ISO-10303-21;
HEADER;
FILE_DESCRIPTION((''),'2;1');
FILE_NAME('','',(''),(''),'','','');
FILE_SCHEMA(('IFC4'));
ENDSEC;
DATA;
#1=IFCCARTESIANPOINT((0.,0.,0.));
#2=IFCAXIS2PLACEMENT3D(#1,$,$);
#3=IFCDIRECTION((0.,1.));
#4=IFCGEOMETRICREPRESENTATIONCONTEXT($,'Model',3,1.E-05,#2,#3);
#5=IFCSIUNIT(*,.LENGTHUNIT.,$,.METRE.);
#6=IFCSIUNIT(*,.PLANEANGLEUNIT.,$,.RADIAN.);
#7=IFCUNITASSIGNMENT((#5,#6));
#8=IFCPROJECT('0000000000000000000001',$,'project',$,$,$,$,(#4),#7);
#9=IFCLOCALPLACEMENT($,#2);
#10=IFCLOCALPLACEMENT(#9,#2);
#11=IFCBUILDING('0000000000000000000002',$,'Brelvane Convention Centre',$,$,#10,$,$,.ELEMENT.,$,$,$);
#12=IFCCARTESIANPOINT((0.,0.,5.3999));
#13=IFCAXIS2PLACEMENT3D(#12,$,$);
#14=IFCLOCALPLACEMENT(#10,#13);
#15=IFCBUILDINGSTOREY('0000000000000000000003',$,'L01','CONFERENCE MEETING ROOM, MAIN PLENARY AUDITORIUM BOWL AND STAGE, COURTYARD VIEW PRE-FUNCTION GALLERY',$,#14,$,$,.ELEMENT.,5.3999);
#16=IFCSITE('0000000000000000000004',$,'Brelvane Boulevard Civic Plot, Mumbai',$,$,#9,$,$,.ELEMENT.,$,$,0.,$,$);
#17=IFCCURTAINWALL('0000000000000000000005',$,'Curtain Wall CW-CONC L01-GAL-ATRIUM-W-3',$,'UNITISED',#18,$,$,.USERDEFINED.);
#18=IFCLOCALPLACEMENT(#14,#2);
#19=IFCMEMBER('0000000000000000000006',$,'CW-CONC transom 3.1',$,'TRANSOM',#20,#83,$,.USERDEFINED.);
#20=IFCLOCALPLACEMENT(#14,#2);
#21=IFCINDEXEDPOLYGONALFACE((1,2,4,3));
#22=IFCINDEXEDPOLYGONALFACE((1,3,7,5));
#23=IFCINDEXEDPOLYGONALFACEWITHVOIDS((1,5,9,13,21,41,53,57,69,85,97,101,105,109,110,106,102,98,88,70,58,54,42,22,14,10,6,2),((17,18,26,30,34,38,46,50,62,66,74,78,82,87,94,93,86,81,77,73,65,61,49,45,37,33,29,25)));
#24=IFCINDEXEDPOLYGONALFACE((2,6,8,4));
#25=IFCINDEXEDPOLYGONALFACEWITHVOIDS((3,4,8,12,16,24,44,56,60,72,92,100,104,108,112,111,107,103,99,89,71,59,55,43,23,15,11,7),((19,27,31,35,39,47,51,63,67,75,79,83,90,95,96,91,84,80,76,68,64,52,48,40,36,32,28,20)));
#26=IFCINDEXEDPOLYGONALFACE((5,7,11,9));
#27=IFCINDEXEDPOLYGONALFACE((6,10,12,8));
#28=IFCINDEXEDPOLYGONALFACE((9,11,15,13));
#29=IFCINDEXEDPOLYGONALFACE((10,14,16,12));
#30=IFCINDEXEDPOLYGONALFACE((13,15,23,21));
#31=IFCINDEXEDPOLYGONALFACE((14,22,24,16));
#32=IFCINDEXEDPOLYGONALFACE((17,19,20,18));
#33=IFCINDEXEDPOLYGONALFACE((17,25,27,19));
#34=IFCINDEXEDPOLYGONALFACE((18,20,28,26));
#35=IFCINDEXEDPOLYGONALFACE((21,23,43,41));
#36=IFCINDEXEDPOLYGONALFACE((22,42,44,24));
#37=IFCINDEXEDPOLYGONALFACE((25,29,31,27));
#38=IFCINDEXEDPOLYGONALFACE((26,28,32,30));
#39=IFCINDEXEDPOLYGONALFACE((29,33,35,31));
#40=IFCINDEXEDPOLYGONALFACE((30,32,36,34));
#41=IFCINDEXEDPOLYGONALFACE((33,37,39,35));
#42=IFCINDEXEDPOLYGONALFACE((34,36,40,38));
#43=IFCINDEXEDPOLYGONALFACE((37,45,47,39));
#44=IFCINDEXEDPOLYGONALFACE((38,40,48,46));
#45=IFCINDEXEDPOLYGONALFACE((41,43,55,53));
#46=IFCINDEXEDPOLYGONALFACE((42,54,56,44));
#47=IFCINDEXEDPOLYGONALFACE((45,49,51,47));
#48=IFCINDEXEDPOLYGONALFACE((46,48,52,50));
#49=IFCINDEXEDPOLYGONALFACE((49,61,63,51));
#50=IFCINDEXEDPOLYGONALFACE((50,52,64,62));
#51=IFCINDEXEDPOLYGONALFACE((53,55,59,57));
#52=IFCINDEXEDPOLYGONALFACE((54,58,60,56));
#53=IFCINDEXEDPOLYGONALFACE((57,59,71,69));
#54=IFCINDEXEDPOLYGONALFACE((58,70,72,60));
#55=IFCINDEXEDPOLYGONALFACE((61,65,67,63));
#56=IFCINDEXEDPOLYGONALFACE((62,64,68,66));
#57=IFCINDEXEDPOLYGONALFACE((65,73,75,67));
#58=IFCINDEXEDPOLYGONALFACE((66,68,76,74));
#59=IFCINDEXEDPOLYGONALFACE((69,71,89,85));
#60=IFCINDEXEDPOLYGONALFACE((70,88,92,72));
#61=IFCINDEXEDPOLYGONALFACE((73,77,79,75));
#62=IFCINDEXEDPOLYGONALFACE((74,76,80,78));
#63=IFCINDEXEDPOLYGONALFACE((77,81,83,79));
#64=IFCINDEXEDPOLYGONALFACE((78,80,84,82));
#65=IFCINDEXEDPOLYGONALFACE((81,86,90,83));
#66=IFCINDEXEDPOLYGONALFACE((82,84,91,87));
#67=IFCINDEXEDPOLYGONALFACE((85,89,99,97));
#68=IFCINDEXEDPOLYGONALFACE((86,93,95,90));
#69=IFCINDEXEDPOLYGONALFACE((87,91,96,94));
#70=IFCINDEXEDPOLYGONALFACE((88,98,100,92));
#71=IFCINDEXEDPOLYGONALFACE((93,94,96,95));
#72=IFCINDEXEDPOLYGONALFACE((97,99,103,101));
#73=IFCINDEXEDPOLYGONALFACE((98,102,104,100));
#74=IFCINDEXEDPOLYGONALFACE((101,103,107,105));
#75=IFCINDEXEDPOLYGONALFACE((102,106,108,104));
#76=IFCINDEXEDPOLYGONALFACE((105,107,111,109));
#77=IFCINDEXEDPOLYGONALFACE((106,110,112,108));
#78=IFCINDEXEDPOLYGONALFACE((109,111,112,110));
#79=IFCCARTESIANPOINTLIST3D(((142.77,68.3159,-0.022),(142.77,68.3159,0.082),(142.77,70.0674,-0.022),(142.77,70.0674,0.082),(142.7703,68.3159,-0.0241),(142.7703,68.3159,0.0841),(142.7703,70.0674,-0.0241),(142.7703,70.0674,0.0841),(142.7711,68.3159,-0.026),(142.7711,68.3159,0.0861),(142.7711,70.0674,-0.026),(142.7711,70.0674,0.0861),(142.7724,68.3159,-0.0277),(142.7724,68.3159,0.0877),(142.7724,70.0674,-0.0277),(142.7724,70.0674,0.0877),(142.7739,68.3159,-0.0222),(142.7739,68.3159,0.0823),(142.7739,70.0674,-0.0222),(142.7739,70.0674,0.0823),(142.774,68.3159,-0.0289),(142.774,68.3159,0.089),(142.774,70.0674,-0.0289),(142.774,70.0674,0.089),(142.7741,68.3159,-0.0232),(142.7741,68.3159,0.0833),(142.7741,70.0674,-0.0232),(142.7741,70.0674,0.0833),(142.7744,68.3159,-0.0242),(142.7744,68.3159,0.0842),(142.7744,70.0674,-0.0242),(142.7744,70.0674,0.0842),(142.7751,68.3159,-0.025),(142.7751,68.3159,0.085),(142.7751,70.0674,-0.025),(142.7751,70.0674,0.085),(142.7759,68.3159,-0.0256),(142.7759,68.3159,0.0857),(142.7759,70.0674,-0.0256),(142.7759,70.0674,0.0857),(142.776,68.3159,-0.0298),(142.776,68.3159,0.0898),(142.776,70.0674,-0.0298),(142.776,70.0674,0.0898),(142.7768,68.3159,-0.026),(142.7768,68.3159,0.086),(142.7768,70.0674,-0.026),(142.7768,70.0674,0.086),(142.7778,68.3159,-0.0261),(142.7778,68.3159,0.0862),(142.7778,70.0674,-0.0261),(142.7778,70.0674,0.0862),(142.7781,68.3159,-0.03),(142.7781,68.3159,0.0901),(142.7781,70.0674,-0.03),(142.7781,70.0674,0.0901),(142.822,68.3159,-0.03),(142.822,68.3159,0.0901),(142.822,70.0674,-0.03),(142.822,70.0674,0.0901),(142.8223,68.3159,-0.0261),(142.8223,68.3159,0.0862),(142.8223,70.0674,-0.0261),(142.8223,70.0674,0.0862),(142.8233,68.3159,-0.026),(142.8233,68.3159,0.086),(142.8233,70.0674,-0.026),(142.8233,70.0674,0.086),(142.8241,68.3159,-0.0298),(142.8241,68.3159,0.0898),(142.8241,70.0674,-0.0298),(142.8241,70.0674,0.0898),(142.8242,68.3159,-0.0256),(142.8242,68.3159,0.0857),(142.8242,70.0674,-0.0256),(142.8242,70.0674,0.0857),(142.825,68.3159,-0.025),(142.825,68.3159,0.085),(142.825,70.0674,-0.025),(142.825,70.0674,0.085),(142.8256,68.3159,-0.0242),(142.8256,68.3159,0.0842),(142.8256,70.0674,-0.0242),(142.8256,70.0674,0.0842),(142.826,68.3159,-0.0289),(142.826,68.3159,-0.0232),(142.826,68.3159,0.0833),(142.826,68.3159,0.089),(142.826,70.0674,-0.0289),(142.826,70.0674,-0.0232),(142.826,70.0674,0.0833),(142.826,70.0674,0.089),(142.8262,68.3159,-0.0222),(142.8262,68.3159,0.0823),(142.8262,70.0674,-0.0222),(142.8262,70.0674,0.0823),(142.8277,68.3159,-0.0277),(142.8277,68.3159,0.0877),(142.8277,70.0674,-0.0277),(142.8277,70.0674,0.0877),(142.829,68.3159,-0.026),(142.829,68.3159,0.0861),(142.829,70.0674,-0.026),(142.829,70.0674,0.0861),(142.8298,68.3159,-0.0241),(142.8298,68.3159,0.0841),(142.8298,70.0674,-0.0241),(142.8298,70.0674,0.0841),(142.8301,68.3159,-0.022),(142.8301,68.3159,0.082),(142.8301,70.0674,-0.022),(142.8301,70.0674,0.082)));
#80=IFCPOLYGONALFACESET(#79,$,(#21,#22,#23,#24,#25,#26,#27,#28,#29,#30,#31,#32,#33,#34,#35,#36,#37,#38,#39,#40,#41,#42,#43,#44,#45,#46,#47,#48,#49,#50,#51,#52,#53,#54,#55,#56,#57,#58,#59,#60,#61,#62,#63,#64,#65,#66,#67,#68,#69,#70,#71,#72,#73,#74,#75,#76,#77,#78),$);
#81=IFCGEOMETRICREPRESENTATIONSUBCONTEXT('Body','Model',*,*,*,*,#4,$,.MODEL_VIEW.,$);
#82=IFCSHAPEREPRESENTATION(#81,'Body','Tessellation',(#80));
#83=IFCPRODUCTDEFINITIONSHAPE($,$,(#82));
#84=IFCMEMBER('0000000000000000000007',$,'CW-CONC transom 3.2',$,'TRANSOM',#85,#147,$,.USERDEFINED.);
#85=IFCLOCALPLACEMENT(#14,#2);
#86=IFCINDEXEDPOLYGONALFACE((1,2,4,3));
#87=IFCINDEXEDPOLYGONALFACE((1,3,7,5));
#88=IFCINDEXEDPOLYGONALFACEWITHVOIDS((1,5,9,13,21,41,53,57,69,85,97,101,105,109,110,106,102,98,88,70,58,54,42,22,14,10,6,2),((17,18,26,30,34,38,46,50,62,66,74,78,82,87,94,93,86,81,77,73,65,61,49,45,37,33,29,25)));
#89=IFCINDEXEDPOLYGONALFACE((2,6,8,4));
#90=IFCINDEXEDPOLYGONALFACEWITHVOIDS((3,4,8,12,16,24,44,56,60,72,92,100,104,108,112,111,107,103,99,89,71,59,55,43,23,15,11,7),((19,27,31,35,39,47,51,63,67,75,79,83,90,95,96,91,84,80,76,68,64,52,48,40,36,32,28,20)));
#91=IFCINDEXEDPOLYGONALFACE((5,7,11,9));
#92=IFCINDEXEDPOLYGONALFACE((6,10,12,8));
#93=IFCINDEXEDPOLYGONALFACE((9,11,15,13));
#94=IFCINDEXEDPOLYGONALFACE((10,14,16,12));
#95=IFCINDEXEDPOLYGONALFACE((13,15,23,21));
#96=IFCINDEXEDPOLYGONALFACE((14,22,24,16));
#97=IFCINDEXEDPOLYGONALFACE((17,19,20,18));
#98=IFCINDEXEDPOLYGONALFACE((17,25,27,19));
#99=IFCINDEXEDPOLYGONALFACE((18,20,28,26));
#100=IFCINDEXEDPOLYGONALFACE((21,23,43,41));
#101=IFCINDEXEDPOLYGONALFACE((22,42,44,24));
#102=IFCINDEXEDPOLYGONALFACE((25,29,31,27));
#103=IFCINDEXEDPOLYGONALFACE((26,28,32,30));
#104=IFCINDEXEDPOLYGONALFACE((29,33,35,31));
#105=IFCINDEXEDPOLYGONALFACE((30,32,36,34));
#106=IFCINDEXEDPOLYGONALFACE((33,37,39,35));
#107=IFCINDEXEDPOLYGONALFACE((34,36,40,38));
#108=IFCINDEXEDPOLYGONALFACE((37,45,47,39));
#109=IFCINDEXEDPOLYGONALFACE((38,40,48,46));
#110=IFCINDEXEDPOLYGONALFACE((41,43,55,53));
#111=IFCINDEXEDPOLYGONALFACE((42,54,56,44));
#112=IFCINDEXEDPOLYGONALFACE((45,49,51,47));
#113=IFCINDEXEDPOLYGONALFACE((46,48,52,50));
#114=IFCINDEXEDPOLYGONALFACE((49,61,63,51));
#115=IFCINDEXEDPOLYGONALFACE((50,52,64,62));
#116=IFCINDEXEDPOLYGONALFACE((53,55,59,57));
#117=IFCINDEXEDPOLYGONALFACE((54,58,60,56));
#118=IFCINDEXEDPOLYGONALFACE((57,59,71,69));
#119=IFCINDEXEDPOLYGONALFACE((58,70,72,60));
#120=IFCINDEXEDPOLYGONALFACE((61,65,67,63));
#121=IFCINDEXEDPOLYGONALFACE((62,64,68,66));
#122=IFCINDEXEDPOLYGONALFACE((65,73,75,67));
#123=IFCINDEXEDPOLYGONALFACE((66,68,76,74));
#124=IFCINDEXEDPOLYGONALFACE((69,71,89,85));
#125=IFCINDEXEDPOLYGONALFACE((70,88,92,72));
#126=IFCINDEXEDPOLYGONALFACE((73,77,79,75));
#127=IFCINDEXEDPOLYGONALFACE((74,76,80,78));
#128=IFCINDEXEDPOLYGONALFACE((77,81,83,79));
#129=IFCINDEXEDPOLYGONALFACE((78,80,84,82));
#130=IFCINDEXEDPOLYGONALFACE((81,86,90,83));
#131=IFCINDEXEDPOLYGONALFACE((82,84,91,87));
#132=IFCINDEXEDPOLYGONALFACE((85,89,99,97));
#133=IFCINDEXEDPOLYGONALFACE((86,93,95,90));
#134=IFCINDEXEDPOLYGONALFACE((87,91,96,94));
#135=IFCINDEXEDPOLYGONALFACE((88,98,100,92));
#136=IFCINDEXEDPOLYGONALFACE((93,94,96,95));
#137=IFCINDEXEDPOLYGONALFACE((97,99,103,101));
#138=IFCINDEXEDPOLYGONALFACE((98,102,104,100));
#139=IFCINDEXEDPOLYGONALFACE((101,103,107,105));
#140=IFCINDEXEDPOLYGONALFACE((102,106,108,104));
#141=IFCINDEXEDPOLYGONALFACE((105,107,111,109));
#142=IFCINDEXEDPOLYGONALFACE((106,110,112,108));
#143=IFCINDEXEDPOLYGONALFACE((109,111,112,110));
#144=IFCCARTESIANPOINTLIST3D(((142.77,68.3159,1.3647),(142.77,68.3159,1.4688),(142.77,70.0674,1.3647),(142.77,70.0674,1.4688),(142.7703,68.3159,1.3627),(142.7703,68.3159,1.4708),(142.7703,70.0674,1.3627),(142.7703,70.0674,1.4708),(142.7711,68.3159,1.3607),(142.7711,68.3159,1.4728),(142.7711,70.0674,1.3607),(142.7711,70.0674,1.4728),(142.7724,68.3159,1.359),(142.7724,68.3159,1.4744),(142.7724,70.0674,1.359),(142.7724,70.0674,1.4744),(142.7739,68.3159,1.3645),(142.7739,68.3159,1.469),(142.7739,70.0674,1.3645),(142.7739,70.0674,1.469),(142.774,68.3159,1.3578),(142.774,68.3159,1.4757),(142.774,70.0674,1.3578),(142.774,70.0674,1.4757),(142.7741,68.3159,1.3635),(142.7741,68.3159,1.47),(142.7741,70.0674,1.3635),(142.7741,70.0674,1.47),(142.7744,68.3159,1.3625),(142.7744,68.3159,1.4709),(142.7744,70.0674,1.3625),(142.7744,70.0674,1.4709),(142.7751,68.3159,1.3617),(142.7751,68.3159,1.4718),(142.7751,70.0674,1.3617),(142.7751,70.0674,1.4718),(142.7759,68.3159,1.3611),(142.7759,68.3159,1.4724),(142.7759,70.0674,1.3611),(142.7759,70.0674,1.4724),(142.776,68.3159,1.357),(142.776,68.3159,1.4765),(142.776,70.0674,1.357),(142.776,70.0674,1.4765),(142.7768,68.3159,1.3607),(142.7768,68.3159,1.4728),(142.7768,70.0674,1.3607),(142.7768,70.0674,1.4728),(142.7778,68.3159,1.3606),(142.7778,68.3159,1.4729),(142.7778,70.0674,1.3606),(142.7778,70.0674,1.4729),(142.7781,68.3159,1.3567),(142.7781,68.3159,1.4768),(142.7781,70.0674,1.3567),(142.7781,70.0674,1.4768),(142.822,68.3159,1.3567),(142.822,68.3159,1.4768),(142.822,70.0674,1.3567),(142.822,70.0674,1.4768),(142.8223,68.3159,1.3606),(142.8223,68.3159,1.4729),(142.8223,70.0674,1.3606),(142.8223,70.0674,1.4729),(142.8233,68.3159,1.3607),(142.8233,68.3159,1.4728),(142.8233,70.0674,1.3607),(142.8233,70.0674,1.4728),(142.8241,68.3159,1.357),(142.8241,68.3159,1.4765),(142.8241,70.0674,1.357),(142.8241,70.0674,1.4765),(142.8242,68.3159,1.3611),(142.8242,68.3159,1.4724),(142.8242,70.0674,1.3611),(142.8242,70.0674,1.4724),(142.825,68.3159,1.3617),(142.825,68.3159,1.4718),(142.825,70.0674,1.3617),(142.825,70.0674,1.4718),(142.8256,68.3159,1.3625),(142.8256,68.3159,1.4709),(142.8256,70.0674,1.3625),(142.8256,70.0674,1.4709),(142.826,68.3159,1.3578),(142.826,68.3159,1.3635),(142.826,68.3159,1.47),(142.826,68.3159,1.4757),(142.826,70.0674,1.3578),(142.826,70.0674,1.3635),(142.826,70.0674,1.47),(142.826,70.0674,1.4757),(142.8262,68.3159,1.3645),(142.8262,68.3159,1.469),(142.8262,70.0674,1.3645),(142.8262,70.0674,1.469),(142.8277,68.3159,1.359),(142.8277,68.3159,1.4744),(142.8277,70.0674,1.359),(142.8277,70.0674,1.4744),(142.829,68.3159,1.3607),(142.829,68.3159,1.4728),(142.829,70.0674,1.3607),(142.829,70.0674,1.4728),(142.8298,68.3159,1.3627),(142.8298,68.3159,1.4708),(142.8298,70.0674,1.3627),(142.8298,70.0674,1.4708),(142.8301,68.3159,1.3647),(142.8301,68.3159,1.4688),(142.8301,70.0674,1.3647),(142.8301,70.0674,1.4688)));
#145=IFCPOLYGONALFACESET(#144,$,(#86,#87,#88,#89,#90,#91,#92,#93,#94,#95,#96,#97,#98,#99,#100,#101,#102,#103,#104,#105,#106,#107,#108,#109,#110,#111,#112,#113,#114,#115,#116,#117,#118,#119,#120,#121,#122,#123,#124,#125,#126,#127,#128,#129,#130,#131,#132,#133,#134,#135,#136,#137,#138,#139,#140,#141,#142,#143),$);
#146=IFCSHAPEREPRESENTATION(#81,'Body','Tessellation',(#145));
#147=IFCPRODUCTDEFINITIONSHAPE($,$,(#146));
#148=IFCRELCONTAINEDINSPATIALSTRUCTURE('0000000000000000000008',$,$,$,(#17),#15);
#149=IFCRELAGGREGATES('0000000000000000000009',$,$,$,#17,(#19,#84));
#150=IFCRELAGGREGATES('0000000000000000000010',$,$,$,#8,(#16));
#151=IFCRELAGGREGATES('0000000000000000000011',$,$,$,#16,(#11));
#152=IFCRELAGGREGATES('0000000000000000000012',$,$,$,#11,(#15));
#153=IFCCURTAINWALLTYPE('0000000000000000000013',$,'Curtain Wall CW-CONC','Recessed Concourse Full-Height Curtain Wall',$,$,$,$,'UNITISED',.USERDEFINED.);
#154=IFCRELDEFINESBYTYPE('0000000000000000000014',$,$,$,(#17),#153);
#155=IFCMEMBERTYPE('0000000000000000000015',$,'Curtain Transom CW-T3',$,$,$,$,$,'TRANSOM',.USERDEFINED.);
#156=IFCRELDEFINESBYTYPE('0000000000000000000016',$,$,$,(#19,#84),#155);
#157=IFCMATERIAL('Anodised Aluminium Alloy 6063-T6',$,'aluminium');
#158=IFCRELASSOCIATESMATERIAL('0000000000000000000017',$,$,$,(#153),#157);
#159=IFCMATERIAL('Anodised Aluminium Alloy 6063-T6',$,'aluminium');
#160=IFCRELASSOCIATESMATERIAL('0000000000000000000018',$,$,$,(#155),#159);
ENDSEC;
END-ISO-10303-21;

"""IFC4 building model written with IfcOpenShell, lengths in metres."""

from ifc_helpers import new_model, si_unit, direction, frame, origin, origin_2d, place, context, subcontext, project, spatial, hollow_rectangle, extrude, material, material_profile, profile_set, type_object, element, aggregate, save


model = new_model("IFC4")

# Units and contexts
model_context = context("Model", 3, precision=1e-05, world=origin(), true_north=direction((0.0, 1.0)))
body_context = subcontext(model_context, "Body", "Model", "MODEL_VIEW")
ifc_project = project(units=[si_unit("LENGTHUNIT", "METRE"), si_unit("PLANEANGLEUNIT", "RADIAN")], contexts=[model_context])

# Site, building, storey
site_placement = place(None, origin())
site = spatial("IfcSite", under=ifc_project, at=site_placement, Name="Brelvane Boulevard Civic Plot, Mumbai", CompositionType="ELEMENT", RefElevation=0.0)
building_placement = place(site_placement, origin())
building = spatial("IfcBuilding", under=site, at=building_placement, Name="Brelvane Convention Centre", CompositionType="ELEMENT")
storey_placement = place(building_placement, frame((0.0, 0.0, 5.3999)))
storey = spatial("IfcBuildingStorey", under=building, at=storey_placement, Name="L01", Description="CONFERENCE MEETING ROOM, MAIN PLENARY AUDITORIUM BOWL AND STAGE, COURTYARD VIEW PRE-FUNCTION GALLERY", CompositionType="ELEMENT", Elevation=5.3999)

# Curtain wall, members
ifc_material_1 = material(Name="Anodised Aluminium Alloy 6063-T6", Category="aluminium")
curtain_wall_type = type_object("IfcCurtainWallType", Name="Curtain Wall CW-CONC", Description="Recessed Concourse Full-Height Curtain Wall", ElementType="UNITISED", PredefinedType="USERDEFINED", material=ifc_material_1)
curtain_wall_placement = place(storey_placement, origin())
curtain_wall = element("IfcCurtainWall", 1, at=curtain_wall_placement, inside=storey, type_object=curtain_wall_type, Name="Curtain Wall CW-CONC L01-GAL-ATRIUM-W-3", ObjectType="UNITISED", PredefinedType="USERDEFINED")
ifc_material_2 = material(Name="Anodised Aluminium Alloy 6063-T6", Category="aluminium")
ifc_material_profile_1 = material_profile(ifc_material_2, hollow_rectangle(XDim=0.0601, YDim=0.1201, WallThickness=0.0039, InnerFilletRadius=0.0039, OuterFilletRadius=0.0081, at=origin_2d()), Name="ALU-T 120x60x4.0")
ifc_profile_set_1 = profile_set([ifc_material_profile_1], Name="Anodised Aluminium Alloy 6063-T6")
member_type_1 = type_object("IfcMemberType", Name="Curtain Transom CW-T3", ElementType="TRANSOM", PredefinedType="USERDEFINED", material=ifc_profile_set_1)
member_1_placement = place(storey_placement, frame((142.8, 68.3159, 0.03), z_axis=(0.0, 1.0, 0.0), x_axis=(-1.0, 0.0, 0.0)))
member_1 = element("IfcMember", 2, at=member_1_placement, type_object=member_type_1, Name="CW-CONC transom 3.1", ObjectType="TRANSOM", PredefinedType="USERDEFINED", context=body_context, shape_type="SweptSolid", body=[
    extrude(hollow_rectangle(XDim=0.0601, YDim=0.1201, WallThickness=0.0039, InnerFilletRadius=0.0039, OuterFilletRadius=0.0081, at=origin_2d()), origin(), (0.0, 0.0, 1.0), 1.7515),
])
member_2_placement = place(storey_placement, frame((142.8, 68.3159, 1.4167), z_axis=(0.0, 1.0, 0.0), x_axis=(-1.0, 0.0, 0.0)))
member_2 = element("IfcMember", 3, at=member_2_placement, type_object=member_type_1, Name="CW-CONC transom 3.2", ObjectType="TRANSOM", PredefinedType="USERDEFINED", context=body_context, shape_type="SweptSolid", body=[
    extrude(hollow_rectangle(XDim=0.0601, YDim=0.1201, WallThickness=0.0039, InnerFilletRadius=0.0039, OuterFilletRadius=0.0081, at=origin_2d()), origin(), (0.0, 0.0, 1.0), 1.7515),
])

aggregate(curtain_wall, [member_1, member_2])

save(model, "model.ifc")
